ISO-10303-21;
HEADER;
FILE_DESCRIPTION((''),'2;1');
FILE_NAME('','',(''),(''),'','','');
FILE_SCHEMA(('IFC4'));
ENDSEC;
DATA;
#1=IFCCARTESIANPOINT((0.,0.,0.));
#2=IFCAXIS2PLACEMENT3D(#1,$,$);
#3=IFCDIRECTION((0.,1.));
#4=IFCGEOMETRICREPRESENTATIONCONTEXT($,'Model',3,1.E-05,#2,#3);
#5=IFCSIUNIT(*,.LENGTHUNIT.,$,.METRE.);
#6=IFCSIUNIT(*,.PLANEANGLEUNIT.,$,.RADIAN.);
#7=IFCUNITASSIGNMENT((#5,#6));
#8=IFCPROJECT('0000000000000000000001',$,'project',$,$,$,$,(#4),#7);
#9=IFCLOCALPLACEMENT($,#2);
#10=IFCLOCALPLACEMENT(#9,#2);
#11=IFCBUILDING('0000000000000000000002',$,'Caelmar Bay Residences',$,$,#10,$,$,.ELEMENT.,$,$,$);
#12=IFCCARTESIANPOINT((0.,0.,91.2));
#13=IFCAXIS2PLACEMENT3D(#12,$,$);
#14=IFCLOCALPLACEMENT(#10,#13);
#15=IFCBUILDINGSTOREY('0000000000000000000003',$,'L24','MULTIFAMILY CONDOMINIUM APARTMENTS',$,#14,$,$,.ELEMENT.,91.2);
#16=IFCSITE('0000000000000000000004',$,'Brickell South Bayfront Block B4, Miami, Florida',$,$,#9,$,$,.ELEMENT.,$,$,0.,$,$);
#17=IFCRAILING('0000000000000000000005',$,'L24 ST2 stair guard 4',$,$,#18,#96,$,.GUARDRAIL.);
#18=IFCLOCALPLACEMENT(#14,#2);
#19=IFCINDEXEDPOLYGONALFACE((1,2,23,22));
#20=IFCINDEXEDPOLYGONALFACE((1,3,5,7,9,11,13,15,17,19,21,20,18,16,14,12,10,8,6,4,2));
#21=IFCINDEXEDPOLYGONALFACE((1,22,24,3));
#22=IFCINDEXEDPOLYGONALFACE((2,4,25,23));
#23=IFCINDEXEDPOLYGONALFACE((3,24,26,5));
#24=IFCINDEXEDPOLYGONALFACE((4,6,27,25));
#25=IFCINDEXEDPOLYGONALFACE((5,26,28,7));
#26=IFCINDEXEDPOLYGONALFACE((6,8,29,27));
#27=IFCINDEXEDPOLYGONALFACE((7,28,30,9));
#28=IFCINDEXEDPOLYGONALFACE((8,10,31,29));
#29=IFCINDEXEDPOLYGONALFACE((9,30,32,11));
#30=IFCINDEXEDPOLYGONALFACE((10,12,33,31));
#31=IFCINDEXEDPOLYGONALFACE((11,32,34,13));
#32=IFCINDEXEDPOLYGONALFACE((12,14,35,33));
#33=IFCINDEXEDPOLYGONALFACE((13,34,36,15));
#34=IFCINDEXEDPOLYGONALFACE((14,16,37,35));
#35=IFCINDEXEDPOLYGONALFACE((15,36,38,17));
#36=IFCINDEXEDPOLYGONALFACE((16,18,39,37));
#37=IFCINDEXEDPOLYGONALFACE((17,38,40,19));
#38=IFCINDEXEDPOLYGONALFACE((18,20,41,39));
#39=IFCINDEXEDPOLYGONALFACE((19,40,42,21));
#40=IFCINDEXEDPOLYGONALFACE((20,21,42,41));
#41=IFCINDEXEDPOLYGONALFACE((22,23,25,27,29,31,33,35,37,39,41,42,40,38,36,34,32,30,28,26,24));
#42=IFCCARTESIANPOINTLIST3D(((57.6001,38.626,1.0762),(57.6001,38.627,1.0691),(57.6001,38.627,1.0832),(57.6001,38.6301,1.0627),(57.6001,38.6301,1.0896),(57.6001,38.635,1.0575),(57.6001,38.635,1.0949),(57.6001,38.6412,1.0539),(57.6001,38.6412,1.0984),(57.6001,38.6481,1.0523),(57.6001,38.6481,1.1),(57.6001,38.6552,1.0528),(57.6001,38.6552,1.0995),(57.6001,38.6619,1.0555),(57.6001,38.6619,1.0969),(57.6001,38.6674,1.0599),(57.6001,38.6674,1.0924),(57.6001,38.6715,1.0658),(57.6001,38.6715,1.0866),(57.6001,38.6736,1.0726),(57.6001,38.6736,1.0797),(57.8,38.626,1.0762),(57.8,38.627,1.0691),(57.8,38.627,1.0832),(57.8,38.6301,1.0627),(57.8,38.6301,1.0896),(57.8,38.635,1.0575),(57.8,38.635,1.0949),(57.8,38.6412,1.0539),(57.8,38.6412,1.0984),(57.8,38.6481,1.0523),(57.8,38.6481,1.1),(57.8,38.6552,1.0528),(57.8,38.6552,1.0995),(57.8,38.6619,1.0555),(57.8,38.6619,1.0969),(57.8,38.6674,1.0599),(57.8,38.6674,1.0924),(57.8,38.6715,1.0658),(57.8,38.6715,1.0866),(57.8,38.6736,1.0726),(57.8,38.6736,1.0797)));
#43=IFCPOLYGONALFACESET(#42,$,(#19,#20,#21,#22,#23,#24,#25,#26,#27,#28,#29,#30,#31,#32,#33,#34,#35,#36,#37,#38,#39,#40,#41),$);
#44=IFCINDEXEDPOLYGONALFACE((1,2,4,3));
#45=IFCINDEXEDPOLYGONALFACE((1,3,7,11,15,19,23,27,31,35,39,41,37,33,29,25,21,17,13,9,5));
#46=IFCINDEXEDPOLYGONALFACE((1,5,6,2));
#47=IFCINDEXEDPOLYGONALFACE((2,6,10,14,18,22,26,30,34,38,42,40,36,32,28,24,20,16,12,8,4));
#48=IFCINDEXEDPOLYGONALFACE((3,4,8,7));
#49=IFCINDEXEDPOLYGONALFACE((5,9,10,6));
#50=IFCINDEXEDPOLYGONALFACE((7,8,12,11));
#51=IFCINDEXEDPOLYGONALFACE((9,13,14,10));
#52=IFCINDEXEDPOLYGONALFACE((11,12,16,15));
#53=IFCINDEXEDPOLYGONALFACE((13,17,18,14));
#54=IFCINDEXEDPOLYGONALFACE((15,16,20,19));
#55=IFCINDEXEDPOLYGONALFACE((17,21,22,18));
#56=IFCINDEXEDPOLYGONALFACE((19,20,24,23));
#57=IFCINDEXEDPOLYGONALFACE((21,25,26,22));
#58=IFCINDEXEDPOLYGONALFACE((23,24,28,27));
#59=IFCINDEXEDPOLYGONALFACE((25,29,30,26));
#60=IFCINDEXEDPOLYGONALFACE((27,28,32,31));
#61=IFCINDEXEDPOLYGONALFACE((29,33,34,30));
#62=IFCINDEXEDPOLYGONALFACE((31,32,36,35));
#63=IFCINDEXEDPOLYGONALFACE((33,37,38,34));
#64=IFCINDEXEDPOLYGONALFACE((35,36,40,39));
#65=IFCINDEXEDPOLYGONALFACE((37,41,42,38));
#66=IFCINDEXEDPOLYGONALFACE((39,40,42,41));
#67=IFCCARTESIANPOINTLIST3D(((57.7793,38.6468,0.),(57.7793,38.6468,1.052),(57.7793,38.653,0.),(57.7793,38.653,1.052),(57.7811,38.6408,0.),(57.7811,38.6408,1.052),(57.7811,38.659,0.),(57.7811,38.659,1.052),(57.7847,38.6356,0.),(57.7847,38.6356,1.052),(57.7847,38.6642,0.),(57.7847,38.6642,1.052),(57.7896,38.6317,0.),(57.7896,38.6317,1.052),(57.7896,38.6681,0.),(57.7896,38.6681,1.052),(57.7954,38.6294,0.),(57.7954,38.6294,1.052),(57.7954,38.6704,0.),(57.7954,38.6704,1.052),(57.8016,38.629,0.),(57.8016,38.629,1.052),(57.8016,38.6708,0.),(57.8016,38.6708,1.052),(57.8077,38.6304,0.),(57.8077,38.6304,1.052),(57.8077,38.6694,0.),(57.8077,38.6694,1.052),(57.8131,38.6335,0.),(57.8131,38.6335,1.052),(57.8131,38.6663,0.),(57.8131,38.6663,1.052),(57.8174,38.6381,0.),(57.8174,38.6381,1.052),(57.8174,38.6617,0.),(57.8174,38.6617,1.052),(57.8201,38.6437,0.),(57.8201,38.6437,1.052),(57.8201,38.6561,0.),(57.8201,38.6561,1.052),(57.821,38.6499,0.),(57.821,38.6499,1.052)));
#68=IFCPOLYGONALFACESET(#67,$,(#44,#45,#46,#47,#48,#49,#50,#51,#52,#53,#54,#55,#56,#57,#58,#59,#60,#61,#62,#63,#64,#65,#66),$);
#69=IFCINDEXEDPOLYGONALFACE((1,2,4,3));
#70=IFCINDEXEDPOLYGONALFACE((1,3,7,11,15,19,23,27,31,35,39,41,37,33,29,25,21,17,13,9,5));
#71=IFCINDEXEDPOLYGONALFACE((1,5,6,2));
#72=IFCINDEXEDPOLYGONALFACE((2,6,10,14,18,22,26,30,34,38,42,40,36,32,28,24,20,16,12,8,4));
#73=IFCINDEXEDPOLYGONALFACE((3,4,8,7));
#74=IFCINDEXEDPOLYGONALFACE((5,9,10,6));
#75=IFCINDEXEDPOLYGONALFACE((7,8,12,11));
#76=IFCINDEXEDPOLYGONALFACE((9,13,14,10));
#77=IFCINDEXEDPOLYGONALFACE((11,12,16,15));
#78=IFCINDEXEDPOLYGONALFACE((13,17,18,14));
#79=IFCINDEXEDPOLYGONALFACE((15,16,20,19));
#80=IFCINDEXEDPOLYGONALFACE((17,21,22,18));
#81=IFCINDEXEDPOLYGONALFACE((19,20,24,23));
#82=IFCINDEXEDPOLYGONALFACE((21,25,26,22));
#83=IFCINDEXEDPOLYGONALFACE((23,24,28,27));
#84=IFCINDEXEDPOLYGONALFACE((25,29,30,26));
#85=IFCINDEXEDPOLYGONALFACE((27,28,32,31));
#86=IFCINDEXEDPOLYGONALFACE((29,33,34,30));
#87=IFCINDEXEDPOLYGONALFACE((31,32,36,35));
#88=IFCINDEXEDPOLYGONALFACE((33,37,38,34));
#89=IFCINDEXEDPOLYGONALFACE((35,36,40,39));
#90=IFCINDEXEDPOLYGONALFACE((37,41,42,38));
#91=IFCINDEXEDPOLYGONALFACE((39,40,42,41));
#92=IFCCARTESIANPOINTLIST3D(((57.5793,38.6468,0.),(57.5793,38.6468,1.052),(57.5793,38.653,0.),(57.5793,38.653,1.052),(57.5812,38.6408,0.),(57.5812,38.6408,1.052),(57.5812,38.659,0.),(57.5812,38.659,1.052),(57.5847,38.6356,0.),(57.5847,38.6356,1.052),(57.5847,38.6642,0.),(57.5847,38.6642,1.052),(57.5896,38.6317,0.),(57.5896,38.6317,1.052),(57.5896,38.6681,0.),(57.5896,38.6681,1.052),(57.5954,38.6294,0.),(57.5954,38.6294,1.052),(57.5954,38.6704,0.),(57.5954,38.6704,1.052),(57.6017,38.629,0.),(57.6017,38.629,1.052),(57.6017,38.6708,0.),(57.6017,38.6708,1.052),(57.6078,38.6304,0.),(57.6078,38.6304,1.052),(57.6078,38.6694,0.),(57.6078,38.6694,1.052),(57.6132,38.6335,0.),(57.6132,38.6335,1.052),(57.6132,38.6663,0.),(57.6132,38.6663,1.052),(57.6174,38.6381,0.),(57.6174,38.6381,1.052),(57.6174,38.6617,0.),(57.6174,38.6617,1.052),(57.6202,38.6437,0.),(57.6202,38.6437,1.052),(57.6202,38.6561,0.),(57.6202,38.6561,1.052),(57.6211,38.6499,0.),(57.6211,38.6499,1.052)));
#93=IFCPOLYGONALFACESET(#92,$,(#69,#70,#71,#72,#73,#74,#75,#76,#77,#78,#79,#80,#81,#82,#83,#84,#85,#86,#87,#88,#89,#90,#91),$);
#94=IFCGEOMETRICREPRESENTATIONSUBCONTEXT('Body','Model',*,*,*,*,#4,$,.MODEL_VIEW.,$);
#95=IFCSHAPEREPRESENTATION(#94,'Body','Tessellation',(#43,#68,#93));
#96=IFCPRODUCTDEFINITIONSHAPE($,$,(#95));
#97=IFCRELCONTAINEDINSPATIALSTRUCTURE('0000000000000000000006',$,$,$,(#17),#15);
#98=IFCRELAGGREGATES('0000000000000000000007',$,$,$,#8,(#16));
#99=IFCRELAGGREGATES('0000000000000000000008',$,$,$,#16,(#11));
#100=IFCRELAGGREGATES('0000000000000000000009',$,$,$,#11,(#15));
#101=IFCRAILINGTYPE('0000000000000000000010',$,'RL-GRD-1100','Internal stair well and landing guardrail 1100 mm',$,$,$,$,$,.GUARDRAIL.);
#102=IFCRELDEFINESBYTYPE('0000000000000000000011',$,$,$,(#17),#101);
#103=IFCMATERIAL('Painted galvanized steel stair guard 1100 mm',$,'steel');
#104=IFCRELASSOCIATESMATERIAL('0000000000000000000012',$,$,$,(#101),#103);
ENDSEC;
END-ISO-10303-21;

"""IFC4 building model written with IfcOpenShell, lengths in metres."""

from ifc_helpers import new_model, si_unit, direction, frame, origin, origin_2d, place, context, subcontext, project, spatial, circle, extrude, material, type_object, element, save


model = new_model("IFC4")

# Units and contexts
model_context = context("Model", 3, precision=1e-05, world=origin(), true_north=direction((0.0, 1.0)))
body_context = subcontext(model_context, "Body", "Model", "MODEL_VIEW")
ifc_project = project(units=[si_unit("LENGTHUNIT", "METRE"), si_unit("PLANEANGLEUNIT", "RADIAN")], contexts=[model_context])

# Site, building, storey
site_placement = place(None, origin())
site = spatial("IfcSite", under=ifc_project, at=site_placement, Name="Brickell South Bayfront Block B4, Miami, Florida", CompositionType="ELEMENT", RefElevation=0.0)
building_placement = place(site_placement, origin())
building = spatial("IfcBuilding", under=site, at=building_placement, Name="Caelmar Bay Residences", CompositionType="ELEMENT")
storey_placement = place(building_placement, frame((0.0, 0.0, 91.2)))
storey = spatial("IfcBuildingStorey", under=building, at=storey_placement, Name="L24", Description="MULTIFAMILY CONDOMINIUM APARTMENTS", CompositionType="ELEMENT", Elevation=91.2)

# Railing
ifc_material_1 = material(Name="Painted galvanized steel stair guard 1100 mm", Category="steel")
railing_type_1 = type_object("IfcRailingType", Name="RL-GRD-1100", Description="Internal stair well and landing guardrail 1100 mm", PredefinedType="GUARDRAIL", material=ifc_material_1)
railing_1_placement = place(storey_placement, frame((57.8, 38.6499, 0.0)))
element("IfcRailing", 1, at=railing_1_placement, inside=storey, type_object=railing_type_1, Name="L24 ST2 stair guard 4", PredefinedType="GUARDRAIL", context=body_context, shape_type="SweptSolid", body=[
    extrude(circle(Radius=0.0239, at=origin_2d()), frame((0.0, 0.0, 1.0762), z_axis=(-1.0, 0.0, 0.0), x_axis=(0.0, -1.0, 0.0)), (0.0, 0.0, 1.0), 0.2),
    extrude(circle(Radius=0.021, at=origin_2d()), origin(), (0.0, 0.0, 1.0), 1.052),
    extrude(circle(Radius=0.021, at=origin_2d()), frame((-0.2, 0.0, 0.0)), (0.0, 0.0, 1.0), 1.052),
])

save(model, "model.ifc")
